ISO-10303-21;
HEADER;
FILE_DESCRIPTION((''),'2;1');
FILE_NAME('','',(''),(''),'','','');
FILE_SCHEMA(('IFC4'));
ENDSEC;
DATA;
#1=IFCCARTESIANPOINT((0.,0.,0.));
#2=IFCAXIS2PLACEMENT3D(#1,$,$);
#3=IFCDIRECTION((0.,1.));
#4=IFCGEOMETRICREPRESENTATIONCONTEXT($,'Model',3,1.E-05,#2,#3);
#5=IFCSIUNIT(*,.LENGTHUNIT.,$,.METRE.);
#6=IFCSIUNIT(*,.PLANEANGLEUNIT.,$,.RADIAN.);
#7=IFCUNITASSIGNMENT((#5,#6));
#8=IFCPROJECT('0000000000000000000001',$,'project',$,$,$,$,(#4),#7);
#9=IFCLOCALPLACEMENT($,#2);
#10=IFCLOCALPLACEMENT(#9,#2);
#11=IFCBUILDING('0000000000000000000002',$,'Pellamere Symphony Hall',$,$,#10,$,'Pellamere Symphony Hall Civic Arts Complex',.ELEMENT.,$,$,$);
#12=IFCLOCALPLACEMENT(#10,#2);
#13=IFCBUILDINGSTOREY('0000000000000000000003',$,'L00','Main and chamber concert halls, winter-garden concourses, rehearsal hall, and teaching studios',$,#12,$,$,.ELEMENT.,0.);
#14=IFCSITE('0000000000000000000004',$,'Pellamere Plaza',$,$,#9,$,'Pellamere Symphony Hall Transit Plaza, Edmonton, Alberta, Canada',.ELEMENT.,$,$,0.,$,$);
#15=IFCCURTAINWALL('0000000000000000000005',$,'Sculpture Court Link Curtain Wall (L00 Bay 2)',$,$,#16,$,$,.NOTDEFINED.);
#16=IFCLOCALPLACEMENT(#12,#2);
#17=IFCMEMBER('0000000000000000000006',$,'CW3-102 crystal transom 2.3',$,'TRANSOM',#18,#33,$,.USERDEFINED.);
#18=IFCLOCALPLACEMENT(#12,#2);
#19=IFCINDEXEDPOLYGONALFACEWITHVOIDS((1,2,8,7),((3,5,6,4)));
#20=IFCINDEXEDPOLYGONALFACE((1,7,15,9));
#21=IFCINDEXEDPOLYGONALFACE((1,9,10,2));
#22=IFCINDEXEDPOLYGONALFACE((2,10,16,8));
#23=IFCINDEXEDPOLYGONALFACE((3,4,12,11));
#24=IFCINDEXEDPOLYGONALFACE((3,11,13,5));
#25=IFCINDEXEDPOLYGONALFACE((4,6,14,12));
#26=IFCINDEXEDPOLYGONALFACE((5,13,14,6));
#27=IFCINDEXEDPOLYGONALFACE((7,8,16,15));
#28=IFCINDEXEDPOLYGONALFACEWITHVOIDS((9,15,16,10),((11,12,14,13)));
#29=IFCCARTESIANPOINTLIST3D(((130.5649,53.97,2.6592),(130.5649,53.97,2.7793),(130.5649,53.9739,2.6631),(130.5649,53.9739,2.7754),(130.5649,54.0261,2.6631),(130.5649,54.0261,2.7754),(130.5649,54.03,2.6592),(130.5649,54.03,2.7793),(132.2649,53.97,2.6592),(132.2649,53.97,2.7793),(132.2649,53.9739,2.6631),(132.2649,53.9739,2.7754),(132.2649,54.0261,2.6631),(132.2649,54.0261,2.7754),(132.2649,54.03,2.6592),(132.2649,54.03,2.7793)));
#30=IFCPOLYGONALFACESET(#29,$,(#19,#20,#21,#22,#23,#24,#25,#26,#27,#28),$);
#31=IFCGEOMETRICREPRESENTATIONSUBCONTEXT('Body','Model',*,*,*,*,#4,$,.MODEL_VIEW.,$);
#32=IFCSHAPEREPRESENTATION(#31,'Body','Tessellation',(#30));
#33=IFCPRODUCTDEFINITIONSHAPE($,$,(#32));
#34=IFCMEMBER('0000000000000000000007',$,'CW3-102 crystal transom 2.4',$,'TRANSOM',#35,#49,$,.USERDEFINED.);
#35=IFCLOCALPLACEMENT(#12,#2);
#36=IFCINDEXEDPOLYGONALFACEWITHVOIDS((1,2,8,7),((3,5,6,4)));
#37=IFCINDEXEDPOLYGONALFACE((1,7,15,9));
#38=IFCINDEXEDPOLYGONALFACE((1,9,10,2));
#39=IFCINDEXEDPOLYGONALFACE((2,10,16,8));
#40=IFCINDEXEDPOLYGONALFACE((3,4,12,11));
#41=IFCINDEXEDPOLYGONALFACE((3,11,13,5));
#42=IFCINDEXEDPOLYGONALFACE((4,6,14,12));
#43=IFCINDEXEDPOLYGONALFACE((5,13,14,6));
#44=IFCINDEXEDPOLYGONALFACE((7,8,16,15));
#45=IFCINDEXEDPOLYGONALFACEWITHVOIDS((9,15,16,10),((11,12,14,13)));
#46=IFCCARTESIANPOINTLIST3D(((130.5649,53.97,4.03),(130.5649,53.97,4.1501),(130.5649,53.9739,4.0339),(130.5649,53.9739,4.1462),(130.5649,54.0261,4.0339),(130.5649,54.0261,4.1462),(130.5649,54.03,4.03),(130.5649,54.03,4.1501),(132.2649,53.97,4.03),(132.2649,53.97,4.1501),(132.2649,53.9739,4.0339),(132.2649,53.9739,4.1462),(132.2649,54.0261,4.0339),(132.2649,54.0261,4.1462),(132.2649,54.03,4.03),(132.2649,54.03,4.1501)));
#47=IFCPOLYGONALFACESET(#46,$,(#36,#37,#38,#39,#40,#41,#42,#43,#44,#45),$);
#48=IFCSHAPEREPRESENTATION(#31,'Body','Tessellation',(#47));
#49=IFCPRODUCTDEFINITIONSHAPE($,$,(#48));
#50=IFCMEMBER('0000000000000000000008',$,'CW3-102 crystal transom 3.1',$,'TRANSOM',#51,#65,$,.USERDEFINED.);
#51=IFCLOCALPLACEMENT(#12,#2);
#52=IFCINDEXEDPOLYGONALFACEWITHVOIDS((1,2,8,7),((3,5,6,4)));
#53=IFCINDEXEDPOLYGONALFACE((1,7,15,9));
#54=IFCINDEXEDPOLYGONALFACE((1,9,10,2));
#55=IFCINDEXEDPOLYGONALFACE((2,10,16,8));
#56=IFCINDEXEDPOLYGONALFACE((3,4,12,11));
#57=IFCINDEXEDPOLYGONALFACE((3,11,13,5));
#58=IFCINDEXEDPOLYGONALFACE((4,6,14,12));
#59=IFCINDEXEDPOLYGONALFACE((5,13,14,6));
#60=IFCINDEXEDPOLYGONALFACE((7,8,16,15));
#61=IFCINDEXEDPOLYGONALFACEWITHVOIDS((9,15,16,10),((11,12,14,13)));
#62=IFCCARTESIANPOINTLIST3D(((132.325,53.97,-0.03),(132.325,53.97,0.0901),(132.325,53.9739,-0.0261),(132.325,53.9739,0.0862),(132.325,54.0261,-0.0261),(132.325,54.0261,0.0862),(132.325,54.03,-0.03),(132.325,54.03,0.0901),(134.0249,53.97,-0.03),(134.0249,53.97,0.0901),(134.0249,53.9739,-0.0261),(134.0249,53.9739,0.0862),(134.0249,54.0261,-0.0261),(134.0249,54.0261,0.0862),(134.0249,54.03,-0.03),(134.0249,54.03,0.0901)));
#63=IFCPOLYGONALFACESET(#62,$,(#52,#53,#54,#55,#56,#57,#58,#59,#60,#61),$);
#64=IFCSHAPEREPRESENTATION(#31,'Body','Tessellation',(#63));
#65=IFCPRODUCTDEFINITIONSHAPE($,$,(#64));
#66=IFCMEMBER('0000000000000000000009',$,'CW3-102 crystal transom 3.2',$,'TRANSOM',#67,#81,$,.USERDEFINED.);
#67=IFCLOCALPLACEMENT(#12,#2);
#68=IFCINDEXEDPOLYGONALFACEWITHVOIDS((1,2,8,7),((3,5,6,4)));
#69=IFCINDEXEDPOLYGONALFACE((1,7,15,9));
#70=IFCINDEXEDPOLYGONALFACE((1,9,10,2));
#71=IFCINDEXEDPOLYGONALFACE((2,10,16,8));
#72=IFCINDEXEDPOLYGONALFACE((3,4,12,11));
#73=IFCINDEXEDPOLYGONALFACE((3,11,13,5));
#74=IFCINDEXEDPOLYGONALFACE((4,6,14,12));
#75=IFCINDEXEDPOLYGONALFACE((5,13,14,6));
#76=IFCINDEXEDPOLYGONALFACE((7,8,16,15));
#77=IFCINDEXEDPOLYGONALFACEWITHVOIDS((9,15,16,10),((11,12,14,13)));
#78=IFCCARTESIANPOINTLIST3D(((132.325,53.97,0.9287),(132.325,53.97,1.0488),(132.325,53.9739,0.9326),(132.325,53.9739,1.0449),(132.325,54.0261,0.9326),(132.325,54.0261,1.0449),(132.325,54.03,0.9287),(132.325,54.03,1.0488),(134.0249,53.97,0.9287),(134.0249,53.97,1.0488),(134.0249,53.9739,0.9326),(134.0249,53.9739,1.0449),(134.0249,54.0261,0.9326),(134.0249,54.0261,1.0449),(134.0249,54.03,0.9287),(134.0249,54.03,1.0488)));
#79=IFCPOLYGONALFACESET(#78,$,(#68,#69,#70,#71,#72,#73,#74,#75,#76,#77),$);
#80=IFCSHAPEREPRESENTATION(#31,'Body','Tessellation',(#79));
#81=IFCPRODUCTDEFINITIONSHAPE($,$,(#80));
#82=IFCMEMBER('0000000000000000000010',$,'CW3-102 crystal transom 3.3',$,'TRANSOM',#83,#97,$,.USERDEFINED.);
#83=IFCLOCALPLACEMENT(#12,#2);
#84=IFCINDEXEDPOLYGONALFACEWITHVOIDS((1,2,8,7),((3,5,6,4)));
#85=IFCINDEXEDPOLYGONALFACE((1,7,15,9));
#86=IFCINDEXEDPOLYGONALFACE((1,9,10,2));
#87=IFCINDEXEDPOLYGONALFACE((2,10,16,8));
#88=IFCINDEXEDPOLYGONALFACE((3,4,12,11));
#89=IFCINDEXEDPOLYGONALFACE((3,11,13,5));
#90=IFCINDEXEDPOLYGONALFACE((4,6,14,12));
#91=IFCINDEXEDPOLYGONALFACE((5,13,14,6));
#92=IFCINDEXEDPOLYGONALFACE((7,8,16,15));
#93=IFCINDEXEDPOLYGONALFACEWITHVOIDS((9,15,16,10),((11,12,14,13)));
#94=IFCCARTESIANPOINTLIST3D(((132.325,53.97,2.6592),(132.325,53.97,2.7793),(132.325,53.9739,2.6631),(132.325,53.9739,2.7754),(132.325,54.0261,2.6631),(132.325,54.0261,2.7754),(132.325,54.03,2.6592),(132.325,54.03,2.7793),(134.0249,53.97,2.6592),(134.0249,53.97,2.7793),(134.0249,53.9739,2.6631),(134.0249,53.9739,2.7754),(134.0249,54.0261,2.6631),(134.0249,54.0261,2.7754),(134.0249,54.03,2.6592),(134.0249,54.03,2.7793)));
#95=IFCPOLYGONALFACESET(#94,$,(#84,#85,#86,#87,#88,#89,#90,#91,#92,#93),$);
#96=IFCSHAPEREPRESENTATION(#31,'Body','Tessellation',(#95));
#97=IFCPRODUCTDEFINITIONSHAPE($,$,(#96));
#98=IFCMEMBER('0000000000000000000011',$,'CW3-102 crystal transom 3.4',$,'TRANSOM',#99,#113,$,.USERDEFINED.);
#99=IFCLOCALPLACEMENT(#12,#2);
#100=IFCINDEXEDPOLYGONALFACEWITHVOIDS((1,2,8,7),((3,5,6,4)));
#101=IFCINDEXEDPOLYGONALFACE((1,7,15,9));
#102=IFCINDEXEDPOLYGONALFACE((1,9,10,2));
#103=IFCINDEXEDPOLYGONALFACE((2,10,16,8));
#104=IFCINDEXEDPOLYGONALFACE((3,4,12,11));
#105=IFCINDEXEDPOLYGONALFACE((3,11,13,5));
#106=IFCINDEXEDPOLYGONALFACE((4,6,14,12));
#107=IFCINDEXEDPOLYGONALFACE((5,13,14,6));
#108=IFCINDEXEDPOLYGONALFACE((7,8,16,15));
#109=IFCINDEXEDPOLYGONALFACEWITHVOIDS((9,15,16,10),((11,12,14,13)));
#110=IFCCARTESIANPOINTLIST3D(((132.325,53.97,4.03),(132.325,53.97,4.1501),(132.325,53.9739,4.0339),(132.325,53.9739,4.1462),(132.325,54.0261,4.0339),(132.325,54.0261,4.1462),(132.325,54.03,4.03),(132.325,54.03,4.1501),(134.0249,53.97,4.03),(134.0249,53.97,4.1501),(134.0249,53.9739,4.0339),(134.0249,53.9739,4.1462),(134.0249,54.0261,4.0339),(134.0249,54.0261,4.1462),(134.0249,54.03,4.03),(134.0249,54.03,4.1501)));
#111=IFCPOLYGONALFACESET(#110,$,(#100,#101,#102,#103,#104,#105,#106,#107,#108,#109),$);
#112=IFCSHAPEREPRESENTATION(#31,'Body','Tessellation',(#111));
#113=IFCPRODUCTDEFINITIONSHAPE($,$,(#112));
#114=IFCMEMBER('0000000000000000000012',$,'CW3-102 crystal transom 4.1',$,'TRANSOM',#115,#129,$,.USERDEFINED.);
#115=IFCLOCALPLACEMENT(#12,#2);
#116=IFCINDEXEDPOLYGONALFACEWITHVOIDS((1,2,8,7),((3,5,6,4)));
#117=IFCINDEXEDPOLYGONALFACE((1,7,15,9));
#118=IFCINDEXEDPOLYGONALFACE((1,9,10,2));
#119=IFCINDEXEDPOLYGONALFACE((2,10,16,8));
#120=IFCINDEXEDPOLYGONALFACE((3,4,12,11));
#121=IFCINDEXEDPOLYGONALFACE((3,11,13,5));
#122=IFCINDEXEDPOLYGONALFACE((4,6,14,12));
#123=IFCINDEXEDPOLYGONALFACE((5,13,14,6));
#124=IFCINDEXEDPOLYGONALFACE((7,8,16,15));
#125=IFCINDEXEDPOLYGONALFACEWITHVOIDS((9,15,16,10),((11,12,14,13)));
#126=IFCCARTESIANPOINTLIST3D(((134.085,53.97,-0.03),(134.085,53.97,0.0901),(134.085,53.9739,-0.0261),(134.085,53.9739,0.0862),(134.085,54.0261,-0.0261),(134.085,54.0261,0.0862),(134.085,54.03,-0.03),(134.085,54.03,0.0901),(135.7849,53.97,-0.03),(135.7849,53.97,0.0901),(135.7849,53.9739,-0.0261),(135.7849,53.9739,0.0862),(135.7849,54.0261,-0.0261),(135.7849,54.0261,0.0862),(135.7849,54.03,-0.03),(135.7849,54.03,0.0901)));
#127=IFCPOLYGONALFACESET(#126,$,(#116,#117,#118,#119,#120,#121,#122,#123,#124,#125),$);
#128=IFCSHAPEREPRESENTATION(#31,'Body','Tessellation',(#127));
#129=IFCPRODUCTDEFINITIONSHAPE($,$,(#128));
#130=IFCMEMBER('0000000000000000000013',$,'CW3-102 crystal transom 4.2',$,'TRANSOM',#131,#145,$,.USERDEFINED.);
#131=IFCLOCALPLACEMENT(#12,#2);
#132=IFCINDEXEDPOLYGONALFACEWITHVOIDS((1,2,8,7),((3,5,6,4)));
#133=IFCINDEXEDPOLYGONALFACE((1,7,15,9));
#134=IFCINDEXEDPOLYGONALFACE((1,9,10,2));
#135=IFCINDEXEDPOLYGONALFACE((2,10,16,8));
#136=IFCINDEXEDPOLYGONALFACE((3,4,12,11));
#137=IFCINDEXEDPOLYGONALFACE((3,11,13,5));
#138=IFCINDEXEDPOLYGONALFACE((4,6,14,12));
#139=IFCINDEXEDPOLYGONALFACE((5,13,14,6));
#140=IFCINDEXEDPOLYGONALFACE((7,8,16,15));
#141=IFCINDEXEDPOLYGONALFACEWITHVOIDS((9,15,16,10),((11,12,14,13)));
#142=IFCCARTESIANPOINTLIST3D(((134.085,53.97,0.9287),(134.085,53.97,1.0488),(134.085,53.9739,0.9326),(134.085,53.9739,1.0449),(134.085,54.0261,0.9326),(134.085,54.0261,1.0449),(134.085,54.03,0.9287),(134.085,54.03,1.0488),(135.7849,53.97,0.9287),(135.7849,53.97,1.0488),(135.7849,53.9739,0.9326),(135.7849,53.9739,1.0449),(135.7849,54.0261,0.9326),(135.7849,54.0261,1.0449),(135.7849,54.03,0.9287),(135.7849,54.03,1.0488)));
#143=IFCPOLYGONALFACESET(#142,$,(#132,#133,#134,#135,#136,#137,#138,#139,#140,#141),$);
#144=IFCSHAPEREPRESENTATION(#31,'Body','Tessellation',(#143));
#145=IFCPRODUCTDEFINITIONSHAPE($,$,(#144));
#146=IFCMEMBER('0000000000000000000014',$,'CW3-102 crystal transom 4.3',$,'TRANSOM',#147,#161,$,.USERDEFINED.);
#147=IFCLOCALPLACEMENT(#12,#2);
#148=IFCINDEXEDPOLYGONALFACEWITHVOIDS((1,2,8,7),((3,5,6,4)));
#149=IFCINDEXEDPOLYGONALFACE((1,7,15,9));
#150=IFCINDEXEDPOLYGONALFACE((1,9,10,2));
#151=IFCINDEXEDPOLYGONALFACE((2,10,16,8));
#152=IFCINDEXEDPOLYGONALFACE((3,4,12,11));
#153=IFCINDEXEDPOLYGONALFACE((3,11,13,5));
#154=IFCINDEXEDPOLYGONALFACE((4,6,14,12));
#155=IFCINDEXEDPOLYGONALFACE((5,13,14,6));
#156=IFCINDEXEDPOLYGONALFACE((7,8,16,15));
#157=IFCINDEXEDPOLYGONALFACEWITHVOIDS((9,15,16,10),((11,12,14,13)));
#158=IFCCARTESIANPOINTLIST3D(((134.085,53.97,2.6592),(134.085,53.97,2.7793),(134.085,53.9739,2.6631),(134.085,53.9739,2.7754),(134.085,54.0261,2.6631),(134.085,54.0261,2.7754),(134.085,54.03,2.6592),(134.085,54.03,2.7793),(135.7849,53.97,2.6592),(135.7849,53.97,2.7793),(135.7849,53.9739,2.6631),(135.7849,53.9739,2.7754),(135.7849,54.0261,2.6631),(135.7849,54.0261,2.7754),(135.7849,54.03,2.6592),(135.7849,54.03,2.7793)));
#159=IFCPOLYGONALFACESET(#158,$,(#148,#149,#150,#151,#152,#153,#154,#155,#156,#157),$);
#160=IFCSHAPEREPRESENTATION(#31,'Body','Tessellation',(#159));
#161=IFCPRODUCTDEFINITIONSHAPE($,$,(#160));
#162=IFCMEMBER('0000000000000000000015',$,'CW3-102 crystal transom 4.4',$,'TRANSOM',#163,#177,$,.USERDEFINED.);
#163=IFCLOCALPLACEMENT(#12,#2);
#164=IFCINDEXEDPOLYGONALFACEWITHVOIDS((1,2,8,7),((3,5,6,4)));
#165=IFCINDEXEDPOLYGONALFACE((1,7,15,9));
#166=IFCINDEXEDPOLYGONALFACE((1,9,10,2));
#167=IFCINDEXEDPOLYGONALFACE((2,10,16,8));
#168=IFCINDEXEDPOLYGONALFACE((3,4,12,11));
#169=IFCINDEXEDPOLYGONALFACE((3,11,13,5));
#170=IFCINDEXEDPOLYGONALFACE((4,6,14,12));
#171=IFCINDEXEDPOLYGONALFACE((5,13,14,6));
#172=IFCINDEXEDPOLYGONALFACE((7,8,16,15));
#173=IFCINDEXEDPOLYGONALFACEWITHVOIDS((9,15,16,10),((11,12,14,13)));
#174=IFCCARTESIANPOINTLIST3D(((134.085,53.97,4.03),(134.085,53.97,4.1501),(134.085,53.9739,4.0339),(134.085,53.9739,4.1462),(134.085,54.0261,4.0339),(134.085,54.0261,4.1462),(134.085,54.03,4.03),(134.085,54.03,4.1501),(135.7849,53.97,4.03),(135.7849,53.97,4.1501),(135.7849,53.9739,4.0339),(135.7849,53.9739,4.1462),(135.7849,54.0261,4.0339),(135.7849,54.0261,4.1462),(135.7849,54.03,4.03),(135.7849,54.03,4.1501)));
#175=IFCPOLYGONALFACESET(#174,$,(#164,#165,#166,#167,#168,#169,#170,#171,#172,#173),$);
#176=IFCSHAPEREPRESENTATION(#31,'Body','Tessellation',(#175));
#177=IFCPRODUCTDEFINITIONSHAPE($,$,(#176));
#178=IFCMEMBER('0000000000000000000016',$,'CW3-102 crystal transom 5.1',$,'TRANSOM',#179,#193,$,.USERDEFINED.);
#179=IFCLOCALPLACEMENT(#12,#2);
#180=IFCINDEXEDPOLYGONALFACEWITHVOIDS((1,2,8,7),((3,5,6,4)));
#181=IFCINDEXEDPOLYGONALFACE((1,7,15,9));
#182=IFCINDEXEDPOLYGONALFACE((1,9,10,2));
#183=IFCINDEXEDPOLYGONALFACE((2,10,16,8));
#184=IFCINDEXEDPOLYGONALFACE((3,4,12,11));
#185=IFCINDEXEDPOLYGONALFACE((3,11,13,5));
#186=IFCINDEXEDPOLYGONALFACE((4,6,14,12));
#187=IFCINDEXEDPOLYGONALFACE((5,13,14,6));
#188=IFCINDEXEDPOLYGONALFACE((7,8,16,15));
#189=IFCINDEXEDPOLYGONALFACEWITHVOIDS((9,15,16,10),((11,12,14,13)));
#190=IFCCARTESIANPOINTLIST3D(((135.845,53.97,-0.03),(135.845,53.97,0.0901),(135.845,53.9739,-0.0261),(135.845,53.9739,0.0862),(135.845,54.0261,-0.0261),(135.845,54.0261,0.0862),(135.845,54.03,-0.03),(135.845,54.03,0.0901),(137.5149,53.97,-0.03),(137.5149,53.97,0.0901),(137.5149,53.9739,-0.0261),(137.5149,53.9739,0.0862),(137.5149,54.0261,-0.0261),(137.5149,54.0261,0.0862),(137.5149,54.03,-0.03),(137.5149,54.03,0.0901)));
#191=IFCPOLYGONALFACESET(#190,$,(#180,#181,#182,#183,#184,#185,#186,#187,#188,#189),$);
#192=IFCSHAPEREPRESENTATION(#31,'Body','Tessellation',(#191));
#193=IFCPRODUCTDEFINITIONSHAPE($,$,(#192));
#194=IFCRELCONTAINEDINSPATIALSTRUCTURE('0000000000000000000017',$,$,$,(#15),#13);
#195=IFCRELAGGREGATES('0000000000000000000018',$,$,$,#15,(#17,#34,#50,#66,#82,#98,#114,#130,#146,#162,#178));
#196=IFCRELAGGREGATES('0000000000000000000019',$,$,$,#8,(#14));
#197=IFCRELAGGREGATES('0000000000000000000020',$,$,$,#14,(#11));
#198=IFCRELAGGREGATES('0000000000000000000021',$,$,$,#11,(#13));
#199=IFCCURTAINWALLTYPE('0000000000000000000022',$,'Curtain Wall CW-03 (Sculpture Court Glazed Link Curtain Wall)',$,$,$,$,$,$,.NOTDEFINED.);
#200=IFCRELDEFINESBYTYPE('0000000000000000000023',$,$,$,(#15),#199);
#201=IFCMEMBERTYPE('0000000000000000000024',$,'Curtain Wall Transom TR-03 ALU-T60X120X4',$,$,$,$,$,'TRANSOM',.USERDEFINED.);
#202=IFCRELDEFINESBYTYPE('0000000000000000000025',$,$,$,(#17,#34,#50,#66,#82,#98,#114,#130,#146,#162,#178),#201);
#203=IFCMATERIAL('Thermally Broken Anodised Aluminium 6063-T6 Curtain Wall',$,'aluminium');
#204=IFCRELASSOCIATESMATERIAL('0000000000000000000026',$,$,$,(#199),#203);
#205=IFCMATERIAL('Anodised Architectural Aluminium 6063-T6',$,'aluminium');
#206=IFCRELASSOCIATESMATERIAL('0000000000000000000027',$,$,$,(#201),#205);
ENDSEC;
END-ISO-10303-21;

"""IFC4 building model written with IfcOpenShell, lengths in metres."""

from ifc_helpers import new_model, si_unit, direction, frame, origin, origin_2d, place, context, subcontext, project, spatial, hollow_rectangle, extrude, material, material_profile, profile_set, type_object, element, aggregate, save


model = new_model("IFC4")

# Units and contexts
model_context = context("Model", 3, precision=1e-05, world=origin(), true_north=direction((0.0, 1.0)))
body_context = subcontext(model_context, "Body", "Model", "MODEL_VIEW")
ifc_project = project(units=[si_unit("LENGTHUNIT", "METRE"), si_unit("PLANEANGLEUNIT", "RADIAN")], contexts=[model_context])

# Site, building, storey
site_placement = place(None, origin())
site = spatial("IfcSite", under=ifc_project, at=site_placement, Name="Pellamere Plaza", LongName="Pellamere Symphony Hall Transit Plaza, Edmonton, Alberta, Canada", CompositionType="ELEMENT", RefElevation=0.0)
building_placement = place(site_placement, origin())
building = spatial("IfcBuilding", under=site, at=building_placement, Name="Pellamere Symphony Hall", LongName="Pellamere Symphony Hall Civic Arts Complex", CompositionType="ELEMENT")
storey_placement = place(building_placement, origin())
storey = spatial("IfcBuildingStorey", under=building, at=storey_placement, Name="L00", Description="Main and chamber concert halls, winter-garden concourses, rehearsal hall, and teaching studios", CompositionType="ELEMENT", Elevation=0.0)

# Curtain wall, members
ifc_material_1 = material(Name="Thermally Broken Anodised Aluminium 6063-T6 Curtain Wall", Category="aluminium")
curtain_wall_type = type_object("IfcCurtainWallType", Name="Curtain Wall CW-03 (Sculpture Court Glazed Link Curtain Wall)", PredefinedType="NOTDEFINED", material=ifc_material_1)
curtain_wall_placement = place(storey_placement, origin())
curtain_wall = element("IfcCurtainWall", 1, at=curtain_wall_placement, inside=storey, type_object=curtain_wall_type, Name="Sculpture Court Link Curtain Wall (L00 Bay 2)", PredefinedType="NOTDEFINED")
ifc_material_2 = material(Name="Anodised Architectural Aluminium 6063-T6", Category="aluminium")
ifc_material_profile_1 = material_profile(ifc_material_2, hollow_rectangle(XDim=0.0601, YDim=0.1201, WallThickness=0.0039, at=origin_2d()), Name="ALU-T60X120X4")
ifc_profile_set_1 = profile_set([ifc_material_profile_1], Name="Anodised Architectural Aluminium 6063-T6")
member_type_1 = type_object("IfcMemberType", Name="Curtain Wall Transom TR-03 ALU-T60X120X4", ElementType="TRANSOM", PredefinedType="USERDEFINED", material=ifc_profile_set_1)
member_1_placement = place(storey_placement, frame((130.5649, 54.0, 2.7192), z_axis=(1.0, 0.0, 0.0), x_axis=(0.0, 1.0, 0.0)))
member_1 = element("IfcMember", 2, at=member_1_placement, type_object=member_type_1, Name="CW3-102 crystal transom 2.3", ObjectType="TRANSOM", PredefinedType="USERDEFINED", context=body_context, shape_type="SweptSolid", body=[
    extrude(hollow_rectangle(XDim=0.0601, YDim=0.1201, WallThickness=0.0039, at=origin_2d()), origin(), (0.0, 0.0, 1.0), 1.7),
])
member_2_placement = place(storey_placement, frame((130.5649, 54.0, 4.0901), z_axis=(1.0, 0.0, 0.0), x_axis=(0.0, 1.0, 0.0)))
member_2 = element("IfcMember", 3, at=member_2_placement, type_object=member_type_1, Name="CW3-102 crystal transom 2.4", ObjectType="TRANSOM", PredefinedType="USERDEFINED", context=body_context, shape_type="SweptSolid", body=[
    extrude(hollow_rectangle(XDim=0.0601, YDim=0.1201, WallThickness=0.0039, at=origin_2d()), origin(), (0.0, 0.0, 1.0), 1.7),
])
member_3_placement = place(storey_placement, frame((132.325, 54.0, 0.03), z_axis=(1.0, 0.0, 0.0), x_axis=(0.0, 1.0, 0.0)))
member_3 = element("IfcMember", 4, at=member_3_placement, type_object=member_type_1, Name="CW3-102 crystal transom 3.1", ObjectType="TRANSOM", PredefinedType="USERDEFINED", context=body_context, shape_type="SweptSolid", body=[
    extrude(hollow_rectangle(XDim=0.0601, YDim=0.1201, WallThickness=0.0039, at=origin_2d()), origin(), (0.0, 0.0, 1.0), 1.7),
])
member_4_placement = place(storey_placement, frame((132.325, 54.0, 0.9888), z_axis=(1.0, 0.0, 0.0), x_axis=(0.0, 1.0, 0.0)))
member_4 = element("IfcMember", 5, at=member_4_placement, type_object=member_type_1, Name="CW3-102 crystal transom 3.2", ObjectType="TRANSOM", PredefinedType="USERDEFINED", context=body_context, shape_type="SweptSolid", body=[
    extrude(hollow_rectangle(XDim=0.0601, YDim=0.1201, WallThickness=0.0039, at=origin_2d()), origin(), (0.0, 0.0, 1.0), 1.7),
])
member_5_placement = place(storey_placement, frame((132.325, 54.0, 2.7192), z_axis=(1.0, 0.0, 0.0), x_axis=(0.0, 1.0, 0.0)))
member_5 = element("IfcMember", 6, at=member_5_placement, type_object=member_type_1, Name="CW3-102 crystal transom 3.3", ObjectType="TRANSOM", PredefinedType="USERDEFINED", context=body_context, shape_type="SweptSolid", body=[
    extrude(hollow_rectangle(XDim=0.0601, YDim=0.1201, WallThickness=0.0039, at=origin_2d()), origin(), (0.0, 0.0, 1.0), 1.7),
])
member_6_placement = place(storey_placement, frame((132.325, 54.0, 4.0901), z_axis=(1.0, 0.0, 0.0), x_axis=(0.0, 1.0, 0.0)))
member_6 = element("IfcMember", 7, at=member_6_placement, type_object=member_type_1, Name="CW3-102 crystal transom 3.4", ObjectType="TRANSOM", PredefinedType="USERDEFINED", context=body_context, shape_type="SweptSolid", body=[
    extrude(hollow_rectangle(XDim=0.0601, YDim=0.1201, WallThickness=0.0039, at=origin_2d()), origin(), (0.0, 0.0, 1.0), 1.7),
])
member_7_placement = place(storey_placement, frame((134.085, 54.0, 0.03), z_axis=(1.0, 0.0, 0.0), x_axis=(0.0, 1.0, 0.0)))
member_7 = element("IfcMember", 8, at=member_7_placement, type_object=member_type_1, Name="CW3-102 crystal transom 4.1", ObjectType="TRANSOM", PredefinedType="USERDEFINED", context=body_context, shape_type="SweptSolid", body=[
    extrude(hollow_rectangle(XDim=0.0601, YDim=0.1201, WallThickness=0.0039, at=origin_2d()), origin(), (0.0, 0.0, 1.0), 1.7),
])
member_8_placement = place(storey_placement, frame((134.085, 54.0, 0.9888), z_axis=(1.0, 0.0, 0.0), x_axis=(0.0, 1.0, 0.0)))
member_8 = element("IfcMember", 9, at=member_8_placement, type_object=member_type_1, Name="CW3-102 crystal transom 4.2", ObjectType="TRANSOM", PredefinedType="USERDEFINED", context=body_context, shape_type="SweptSolid", body=[
    extrude(hollow_rectangle(XDim=0.0601, YDim=0.1201, WallThickness=0.0039, at=origin_2d()), origin(), (0.0, 0.0, 1.0), 1.7),
])
member_9_placement = place(storey_placement, frame((134.085, 54.0, 2.7192), z_axis=(1.0, 0.0, 0.0), x_axis=(0.0, 1.0, 0.0)))
member_9 = element("IfcMember", 10, at=member_9_placement, type_object=member_type_1, Name="CW3-102 crystal transom 4.3", ObjectType="TRANSOM", PredefinedType="USERDEFINED", context=body_context, shape_type="SweptSolid", body=[
    extrude(hollow_rectangle(XDim=0.0601, YDim=0.1201, WallThickness=0.0039, at=origin_2d()), origin(), (0.0, 0.0, 1.0), 1.7),
])
member_10_placement = place(storey_placement, frame((134.085, 54.0, 4.0901), z_axis=(1.0, 0.0, 0.0), x_axis=(0.0, 1.0, 0.0)))
member_10 = element("IfcMember", 11, at=member_10_placement, type_object=member_type_1, Name="CW3-102 crystal transom 4.4", ObjectType="TRANSOM", PredefinedType="USERDEFINED", context=body_context, shape_type="SweptSolid", body=[
    extrude(hollow_rectangle(XDim=0.0601, YDim=0.1201, WallThickness=0.0039, at=origin_2d()), origin(), (0.0, 0.0, 1.0), 1.7),
])
member_11_placement = place(storey_placement, frame((135.845, 54.0, 0.03), z_axis=(1.0, 0.0, 0.0), x_axis=(0.0, 1.0, 0.0)))
member_11 = element("IfcMember", 12, at=member_11_placement, type_object=member_type_1, Name="CW3-102 crystal transom 5.1", ObjectType="TRANSOM", PredefinedType="USERDEFINED", context=body_context, shape_type="SweptSolid", body=[
    extrude(hollow_rectangle(XDim=0.0601, YDim=0.1201, WallThickness=0.0039, at=origin_2d()), origin(), (0.0, 0.0, 1.0), 1.6699),
])

aggregate(curtain_wall, [member_1, member_2, member_3, member_4, member_5, member_6, member_7, member_8, member_9, member_10, member_11])

save(model, "model.ifc")
